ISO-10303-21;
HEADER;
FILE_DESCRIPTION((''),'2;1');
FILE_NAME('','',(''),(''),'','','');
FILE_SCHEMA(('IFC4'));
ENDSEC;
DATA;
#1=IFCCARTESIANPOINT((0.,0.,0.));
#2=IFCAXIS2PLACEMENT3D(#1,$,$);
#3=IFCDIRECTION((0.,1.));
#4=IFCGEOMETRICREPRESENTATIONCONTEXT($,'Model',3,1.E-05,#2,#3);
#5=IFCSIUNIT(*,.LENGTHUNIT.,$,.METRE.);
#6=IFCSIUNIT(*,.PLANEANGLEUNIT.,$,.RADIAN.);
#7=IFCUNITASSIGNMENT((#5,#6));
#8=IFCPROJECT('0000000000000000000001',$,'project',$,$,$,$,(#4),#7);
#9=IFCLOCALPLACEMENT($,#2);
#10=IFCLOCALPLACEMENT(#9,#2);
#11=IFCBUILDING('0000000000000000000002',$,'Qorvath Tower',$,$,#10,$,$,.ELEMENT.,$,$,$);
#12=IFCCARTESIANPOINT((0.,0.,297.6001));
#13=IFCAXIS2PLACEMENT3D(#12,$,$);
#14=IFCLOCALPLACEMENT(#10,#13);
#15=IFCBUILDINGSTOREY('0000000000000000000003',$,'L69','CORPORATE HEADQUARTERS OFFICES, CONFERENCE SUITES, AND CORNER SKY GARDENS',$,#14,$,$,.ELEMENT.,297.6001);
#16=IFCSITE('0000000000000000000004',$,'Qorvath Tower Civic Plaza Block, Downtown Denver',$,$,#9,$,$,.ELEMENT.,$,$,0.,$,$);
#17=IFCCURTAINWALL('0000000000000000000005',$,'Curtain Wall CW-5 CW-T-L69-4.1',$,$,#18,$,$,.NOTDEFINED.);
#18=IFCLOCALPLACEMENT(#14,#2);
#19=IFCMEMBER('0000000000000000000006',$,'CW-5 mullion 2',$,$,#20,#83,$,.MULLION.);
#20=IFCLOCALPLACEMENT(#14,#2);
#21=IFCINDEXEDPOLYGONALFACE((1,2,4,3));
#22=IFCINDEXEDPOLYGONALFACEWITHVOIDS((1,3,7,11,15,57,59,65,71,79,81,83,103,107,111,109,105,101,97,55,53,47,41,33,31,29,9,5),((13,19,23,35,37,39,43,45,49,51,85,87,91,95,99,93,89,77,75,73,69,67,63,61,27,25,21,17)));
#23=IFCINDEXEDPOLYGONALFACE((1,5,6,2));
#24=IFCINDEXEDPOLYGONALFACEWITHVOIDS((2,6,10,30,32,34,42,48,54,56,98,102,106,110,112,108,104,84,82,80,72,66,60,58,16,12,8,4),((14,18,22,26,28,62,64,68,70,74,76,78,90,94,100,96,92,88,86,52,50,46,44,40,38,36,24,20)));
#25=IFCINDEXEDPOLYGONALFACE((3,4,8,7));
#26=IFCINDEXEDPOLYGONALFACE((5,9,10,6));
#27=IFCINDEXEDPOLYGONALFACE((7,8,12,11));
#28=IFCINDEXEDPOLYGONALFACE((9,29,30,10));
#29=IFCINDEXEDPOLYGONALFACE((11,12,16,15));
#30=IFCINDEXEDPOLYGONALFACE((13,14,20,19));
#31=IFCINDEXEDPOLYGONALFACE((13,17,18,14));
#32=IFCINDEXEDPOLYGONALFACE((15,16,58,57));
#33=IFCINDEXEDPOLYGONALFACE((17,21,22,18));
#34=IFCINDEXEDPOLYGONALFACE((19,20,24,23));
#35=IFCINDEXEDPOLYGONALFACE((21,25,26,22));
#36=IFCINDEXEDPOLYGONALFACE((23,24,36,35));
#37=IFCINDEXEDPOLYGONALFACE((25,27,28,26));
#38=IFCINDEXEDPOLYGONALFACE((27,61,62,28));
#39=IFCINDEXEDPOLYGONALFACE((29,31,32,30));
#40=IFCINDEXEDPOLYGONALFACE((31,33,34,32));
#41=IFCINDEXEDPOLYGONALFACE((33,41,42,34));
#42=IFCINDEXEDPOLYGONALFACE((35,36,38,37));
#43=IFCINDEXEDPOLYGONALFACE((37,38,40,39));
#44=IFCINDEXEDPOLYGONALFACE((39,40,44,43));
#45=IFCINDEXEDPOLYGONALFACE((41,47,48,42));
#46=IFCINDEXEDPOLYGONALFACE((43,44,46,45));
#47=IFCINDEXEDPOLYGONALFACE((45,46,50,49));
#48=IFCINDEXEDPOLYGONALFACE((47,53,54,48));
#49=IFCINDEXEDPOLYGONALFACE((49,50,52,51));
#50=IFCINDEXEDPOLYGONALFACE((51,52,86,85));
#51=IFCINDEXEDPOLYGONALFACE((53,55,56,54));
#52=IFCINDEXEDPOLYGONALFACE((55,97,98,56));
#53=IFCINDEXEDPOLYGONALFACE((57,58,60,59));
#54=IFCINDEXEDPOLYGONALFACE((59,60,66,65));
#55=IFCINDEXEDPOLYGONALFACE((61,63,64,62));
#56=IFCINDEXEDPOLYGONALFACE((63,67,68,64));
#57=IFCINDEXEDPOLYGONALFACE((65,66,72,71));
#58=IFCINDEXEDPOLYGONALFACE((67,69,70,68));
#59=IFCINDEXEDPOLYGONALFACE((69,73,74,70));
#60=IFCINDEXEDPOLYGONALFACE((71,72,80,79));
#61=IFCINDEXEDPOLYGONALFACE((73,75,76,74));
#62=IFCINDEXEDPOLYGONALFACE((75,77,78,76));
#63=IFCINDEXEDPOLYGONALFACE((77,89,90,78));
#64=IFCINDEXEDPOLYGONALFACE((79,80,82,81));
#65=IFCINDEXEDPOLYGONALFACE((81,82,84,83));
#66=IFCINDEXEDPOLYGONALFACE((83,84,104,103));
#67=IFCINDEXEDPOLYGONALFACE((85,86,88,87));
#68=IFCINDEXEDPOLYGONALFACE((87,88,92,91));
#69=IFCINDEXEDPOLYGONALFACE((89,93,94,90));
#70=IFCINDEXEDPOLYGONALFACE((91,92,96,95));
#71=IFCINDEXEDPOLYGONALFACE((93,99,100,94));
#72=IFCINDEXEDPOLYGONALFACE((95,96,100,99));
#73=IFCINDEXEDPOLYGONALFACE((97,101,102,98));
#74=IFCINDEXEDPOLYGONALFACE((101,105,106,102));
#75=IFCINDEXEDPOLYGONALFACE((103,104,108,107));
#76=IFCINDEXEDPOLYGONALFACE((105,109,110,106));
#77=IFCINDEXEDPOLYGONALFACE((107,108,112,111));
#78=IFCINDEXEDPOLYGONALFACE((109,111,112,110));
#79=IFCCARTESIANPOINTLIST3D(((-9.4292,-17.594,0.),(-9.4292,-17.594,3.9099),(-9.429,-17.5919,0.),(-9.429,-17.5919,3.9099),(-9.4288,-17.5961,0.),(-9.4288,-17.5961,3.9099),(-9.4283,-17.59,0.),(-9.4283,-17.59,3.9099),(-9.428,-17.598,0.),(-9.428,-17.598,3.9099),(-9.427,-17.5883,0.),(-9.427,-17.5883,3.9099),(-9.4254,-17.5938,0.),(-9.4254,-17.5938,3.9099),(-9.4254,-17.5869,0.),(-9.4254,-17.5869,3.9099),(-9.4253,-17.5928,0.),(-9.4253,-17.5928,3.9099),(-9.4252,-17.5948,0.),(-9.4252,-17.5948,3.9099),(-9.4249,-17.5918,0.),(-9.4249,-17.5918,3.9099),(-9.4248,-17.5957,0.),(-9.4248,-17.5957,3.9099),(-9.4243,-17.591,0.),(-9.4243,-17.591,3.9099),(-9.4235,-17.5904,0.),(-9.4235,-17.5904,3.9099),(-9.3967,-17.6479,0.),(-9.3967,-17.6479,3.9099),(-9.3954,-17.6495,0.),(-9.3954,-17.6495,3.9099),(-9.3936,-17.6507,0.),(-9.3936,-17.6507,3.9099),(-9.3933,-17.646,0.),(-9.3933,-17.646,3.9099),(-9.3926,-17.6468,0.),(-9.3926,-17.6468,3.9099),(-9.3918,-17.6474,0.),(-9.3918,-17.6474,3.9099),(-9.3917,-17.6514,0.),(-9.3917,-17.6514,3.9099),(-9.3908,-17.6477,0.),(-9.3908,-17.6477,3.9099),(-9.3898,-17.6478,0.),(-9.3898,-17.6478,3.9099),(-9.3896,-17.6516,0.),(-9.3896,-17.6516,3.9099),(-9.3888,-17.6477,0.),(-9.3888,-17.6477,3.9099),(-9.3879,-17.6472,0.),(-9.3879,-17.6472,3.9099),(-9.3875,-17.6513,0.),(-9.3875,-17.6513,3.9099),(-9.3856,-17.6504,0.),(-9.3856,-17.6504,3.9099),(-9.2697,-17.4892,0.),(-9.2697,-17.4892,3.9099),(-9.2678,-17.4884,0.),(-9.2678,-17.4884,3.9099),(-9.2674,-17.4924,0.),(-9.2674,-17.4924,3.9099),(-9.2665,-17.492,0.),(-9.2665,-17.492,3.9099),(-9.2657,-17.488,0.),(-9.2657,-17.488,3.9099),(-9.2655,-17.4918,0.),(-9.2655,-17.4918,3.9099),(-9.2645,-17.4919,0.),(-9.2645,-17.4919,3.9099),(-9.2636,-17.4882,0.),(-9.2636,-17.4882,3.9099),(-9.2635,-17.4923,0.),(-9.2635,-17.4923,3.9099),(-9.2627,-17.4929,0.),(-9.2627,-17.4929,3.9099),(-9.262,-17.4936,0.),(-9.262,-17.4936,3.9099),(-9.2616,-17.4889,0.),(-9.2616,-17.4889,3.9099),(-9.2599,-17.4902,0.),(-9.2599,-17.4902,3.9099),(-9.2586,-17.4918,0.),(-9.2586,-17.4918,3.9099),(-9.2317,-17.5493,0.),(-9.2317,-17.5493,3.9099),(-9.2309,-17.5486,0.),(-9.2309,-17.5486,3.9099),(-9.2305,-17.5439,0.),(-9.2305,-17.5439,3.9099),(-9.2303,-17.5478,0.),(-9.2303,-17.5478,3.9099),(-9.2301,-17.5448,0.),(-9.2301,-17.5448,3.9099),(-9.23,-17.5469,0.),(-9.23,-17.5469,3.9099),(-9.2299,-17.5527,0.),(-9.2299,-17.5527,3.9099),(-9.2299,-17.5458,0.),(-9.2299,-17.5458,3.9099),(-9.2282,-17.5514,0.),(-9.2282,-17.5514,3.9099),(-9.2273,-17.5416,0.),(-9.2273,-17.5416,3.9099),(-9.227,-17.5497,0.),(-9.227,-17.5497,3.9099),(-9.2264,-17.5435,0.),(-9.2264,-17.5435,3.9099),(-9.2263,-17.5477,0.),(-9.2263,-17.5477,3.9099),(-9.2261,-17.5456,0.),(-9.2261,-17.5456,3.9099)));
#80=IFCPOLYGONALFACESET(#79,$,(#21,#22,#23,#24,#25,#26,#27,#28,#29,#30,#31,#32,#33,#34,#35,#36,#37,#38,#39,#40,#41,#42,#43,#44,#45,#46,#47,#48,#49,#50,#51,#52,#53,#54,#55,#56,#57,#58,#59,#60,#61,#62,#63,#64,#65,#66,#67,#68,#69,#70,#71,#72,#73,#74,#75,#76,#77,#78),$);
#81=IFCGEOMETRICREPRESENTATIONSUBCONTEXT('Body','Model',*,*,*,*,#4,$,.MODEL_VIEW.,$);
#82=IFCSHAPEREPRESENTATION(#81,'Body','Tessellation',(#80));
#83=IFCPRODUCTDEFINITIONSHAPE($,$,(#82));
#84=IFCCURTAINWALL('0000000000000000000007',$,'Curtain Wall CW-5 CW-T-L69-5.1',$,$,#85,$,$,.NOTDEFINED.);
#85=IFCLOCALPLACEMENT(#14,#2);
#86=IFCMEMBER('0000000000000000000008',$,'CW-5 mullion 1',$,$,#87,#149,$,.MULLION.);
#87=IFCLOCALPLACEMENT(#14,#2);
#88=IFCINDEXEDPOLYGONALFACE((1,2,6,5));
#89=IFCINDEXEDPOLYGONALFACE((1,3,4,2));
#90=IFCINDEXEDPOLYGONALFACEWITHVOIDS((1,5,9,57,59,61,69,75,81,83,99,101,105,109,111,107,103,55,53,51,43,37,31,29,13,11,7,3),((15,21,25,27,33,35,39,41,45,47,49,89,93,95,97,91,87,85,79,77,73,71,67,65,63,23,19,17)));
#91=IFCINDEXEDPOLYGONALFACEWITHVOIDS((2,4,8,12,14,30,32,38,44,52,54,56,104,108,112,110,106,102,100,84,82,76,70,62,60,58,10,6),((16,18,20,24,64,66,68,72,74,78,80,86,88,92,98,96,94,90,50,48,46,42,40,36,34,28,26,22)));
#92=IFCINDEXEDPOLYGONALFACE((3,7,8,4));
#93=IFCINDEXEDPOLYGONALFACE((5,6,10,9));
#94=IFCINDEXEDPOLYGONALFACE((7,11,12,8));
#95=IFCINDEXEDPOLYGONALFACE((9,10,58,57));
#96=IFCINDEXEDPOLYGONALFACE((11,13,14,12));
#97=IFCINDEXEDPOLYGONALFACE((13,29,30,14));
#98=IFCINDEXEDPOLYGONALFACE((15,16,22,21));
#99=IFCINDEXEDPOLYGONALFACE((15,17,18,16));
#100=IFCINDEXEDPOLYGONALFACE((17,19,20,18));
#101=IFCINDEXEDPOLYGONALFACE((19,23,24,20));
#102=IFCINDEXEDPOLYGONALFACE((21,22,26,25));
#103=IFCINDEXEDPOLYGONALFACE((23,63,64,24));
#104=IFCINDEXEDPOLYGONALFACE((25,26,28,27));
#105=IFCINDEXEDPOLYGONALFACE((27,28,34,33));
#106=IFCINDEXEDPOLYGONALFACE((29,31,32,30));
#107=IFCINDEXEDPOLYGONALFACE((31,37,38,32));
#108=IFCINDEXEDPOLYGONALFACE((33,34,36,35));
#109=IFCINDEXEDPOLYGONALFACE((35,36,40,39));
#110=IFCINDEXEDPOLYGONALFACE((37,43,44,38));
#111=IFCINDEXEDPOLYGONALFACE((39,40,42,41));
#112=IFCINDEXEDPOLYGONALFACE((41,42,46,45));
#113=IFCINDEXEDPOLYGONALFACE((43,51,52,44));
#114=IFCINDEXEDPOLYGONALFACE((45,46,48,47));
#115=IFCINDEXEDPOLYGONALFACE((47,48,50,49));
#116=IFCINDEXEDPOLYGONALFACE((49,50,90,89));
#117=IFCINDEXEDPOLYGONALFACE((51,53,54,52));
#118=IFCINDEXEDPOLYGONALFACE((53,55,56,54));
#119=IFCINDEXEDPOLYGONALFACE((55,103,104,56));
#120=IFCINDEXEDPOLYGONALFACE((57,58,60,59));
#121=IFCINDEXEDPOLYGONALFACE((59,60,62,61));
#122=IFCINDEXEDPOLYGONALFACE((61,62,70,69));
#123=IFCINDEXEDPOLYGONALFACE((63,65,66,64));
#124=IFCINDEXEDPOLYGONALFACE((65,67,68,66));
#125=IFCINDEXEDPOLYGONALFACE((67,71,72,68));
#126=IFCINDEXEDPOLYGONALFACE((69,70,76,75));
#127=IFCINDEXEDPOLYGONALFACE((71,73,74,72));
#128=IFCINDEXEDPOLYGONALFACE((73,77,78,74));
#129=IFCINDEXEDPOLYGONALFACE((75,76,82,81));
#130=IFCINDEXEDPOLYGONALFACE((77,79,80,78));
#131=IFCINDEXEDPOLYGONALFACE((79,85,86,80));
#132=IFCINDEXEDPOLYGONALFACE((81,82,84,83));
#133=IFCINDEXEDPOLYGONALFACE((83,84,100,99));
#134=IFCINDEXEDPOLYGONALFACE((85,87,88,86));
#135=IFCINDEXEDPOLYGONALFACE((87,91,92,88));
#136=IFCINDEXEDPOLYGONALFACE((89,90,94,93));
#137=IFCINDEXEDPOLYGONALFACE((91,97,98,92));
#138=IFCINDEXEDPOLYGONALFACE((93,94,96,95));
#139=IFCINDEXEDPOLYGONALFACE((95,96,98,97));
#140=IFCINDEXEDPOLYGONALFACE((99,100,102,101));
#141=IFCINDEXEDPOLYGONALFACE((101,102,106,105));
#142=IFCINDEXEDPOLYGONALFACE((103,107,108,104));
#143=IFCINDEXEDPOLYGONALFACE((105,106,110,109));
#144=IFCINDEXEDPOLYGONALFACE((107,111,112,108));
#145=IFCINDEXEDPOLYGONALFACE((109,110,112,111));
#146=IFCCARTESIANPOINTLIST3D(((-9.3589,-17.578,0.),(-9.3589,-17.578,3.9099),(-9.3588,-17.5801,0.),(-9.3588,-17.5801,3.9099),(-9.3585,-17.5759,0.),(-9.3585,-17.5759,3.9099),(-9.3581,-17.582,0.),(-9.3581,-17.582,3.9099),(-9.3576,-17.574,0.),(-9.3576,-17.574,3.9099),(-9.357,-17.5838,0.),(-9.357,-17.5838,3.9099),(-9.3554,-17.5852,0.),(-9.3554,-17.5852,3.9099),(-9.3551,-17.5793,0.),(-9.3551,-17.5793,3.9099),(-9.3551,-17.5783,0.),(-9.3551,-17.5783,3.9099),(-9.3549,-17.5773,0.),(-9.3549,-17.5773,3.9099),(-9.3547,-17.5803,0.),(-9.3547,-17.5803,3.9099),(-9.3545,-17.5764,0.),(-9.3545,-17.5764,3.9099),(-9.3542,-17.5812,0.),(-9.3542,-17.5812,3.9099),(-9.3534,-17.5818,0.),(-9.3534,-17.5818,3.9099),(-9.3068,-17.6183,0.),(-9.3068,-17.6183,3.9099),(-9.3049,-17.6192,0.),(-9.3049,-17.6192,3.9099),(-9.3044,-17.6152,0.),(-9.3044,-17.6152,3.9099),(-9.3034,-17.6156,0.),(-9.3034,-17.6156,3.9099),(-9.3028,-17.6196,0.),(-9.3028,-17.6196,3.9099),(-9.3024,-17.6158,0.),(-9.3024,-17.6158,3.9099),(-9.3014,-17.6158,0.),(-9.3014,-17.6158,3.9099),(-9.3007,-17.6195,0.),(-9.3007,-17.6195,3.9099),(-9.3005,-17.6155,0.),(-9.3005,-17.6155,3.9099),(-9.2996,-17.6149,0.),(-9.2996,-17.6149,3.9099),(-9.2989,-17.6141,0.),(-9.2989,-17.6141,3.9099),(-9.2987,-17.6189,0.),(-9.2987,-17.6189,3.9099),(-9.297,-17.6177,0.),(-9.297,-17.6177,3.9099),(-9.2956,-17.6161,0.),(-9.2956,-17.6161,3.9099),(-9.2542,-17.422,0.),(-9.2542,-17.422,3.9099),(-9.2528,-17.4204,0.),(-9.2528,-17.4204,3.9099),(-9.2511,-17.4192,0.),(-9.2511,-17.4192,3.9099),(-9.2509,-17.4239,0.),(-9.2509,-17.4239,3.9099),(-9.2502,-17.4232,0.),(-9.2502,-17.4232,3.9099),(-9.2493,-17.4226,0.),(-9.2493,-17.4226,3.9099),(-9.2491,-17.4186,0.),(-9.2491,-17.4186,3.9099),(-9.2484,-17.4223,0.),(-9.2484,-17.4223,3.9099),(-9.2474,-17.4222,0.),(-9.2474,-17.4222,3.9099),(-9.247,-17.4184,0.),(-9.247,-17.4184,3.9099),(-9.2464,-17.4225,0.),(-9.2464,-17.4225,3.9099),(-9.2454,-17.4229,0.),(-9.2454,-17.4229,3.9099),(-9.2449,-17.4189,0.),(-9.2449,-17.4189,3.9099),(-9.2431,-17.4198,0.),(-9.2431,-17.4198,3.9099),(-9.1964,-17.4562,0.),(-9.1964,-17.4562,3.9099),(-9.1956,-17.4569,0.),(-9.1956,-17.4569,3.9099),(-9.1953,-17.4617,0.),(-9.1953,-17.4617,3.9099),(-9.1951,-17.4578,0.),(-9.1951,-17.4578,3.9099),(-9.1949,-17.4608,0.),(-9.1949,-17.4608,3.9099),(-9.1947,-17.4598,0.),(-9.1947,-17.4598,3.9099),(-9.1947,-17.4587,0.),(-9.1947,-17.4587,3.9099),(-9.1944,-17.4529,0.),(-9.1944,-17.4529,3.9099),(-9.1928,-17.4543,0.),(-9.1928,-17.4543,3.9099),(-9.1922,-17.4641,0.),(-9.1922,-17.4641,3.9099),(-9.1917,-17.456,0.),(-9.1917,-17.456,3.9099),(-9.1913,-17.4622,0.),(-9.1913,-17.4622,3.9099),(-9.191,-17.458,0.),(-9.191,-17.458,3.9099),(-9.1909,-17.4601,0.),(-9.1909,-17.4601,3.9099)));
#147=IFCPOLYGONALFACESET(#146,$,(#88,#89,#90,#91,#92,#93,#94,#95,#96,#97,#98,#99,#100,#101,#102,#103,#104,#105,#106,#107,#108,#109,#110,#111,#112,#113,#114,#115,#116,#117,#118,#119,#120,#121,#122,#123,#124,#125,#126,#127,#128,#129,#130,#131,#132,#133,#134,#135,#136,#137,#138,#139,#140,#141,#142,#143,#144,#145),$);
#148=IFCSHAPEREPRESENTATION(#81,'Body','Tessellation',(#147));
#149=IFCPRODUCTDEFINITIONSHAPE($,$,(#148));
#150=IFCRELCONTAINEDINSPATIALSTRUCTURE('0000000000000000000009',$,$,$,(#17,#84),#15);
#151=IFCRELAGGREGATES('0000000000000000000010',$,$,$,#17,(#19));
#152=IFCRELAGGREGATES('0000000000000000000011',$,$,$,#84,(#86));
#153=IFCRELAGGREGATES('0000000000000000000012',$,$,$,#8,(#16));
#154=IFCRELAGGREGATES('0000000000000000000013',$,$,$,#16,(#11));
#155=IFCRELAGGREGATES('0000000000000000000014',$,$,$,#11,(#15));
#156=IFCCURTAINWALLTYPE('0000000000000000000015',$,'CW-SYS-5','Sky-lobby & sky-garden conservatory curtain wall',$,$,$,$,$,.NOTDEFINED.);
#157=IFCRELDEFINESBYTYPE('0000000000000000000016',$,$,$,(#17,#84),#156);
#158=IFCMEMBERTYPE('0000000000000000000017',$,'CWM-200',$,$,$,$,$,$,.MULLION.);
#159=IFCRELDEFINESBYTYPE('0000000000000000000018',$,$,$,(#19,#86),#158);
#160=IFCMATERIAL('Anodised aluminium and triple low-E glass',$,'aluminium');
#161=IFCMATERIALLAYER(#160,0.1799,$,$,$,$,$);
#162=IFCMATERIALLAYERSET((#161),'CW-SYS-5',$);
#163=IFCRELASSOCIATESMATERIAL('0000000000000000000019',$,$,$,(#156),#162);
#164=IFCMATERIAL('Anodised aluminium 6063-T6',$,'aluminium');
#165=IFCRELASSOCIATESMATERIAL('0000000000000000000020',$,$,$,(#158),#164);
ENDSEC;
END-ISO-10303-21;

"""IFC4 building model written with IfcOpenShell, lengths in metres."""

from ifc_helpers import new_model, si_unit, direction, frame, origin, origin_2d, place, context, subcontext, project, spatial, hollow_rectangle, extrude, material, layer, layer_set, material_profile, profile_set, type_object, element, aggregate, save


model = new_model("IFC4")

# Units and contexts
model_context = context("Model", 3, precision=1e-05, world=origin(), true_north=direction((0.0, 1.0)))
body_context = subcontext(model_context, "Body", "Model", "MODEL_VIEW")
ifc_project = project(units=[si_unit("LENGTHUNIT", "METRE"), si_unit("PLANEANGLEUNIT", "RADIAN")], contexts=[model_context])

# Site, building, storey
site_placement = place(None, origin())
site = spatial("IfcSite", under=ifc_project, at=site_placement, Name="Qorvath Tower Civic Plaza Block, Downtown Denver", CompositionType="ELEMENT", RefElevation=0.0)
building_placement = place(site_placement, origin())
building = spatial("IfcBuilding", under=site, at=building_placement, Name="Qorvath Tower", CompositionType="ELEMENT")
storey_placement = place(building_placement, frame((0.0, 0.0, 297.6001)))
storey = spatial("IfcBuildingStorey", under=building, at=storey_placement, Name="L69", Description="CORPORATE HEADQUARTERS OFFICES, CONFERENCE SUITES, AND CORNER SKY GARDENS", CompositionType="ELEMENT", Elevation=297.6001)

# Shared definitions
ifc_material_1 = material(Name="Anodised aluminium and triple low-E glass", Category="aluminium")
ifc_layer_1 = layer(ifc_material_1, 0.1799)
ifc_layer_set_1 = layer_set([ifc_layer_1], Name="CW-SYS-5")
curtain_wall_type = type_object("IfcCurtainWallType", Name="CW-SYS-5", Description="Sky-lobby & sky-garden conservatory curtain wall", PredefinedType="NOTDEFINED", material=ifc_layer_set_1)
ifc_material_2 = material(Name="Anodised aluminium 6063-T6", Category="aluminium")
ifc_material_profile_1 = material_profile(ifc_material_2, hollow_rectangle(XDim=0.075, YDim=0.2, WallThickness=0.0039, InnerFilletRadius=0.0039, OuterFilletRadius=0.0081, at=origin_2d()), Name="CWM 200x75")
ifc_profile_set_1 = profile_set([ifc_material_profile_1], Name="Anodised aluminium 6063-T6")
member_type_1 = type_object("IfcMemberType", Name="CWM-200", PredefinedType="MULLION", material=ifc_profile_set_1)

# Curtain walls, members
curtain_wall_1_placement = place(storey_placement, origin())
curtain_wall_1 = element("IfcCurtainWall", 1, at=curtain_wall_1_placement, inside=storey, type_object=curtain_wall_type, Name="Curtain Wall CW-5 CW-T-L69-4.1", PredefinedType="NOTDEFINED")
member_1_placement = place(storey_placement, frame((-9.3276, -17.5698, 0.0), z_axis=(0.0, 0.0, 1.0), x_axis=(-0.531389, 0.847128, 0.0)))
member_1 = element("IfcMember", 2, at=member_1_placement, type_object=member_type_1, Name="CW-5 mullion 2", PredefinedType="MULLION", context=body_context, shape_type="SweptSolid", body=[
    extrude(hollow_rectangle(XDim=0.075, YDim=0.2, WallThickness=0.0039, InnerFilletRadius=0.0039, OuterFilletRadius=0.0081, at=origin_2d()), origin(), (0.0, 0.0, 1.0), 3.9099),
])
curtain_wall_2_placement = place(storey_placement, origin())
curtain_wall_2 = element("IfcCurtainWall", 3, at=curtain_wall_2_placement, inside=storey, type_object=curtain_wall_type, Name="Curtain Wall CW-5 CW-T-L69-5.1", PredefinedType="NOTDEFINED")
member_2_placement = place(storey_placement, frame((-9.2749, -17.519, 0.0), z_axis=(0.0, 0.0, 1.0), x_axis=(-0.827147, 0.561985, 0.0)))
member_2 = element("IfcMember", 4, at=member_2_placement, type_object=member_type_1, Name="CW-5 mullion 1", PredefinedType="MULLION", context=body_context, shape_type="SweptSolid", body=[
    extrude(hollow_rectangle(XDim=0.075, YDim=0.2, WallThickness=0.0039, InnerFilletRadius=0.0039, OuterFilletRadius=0.0081, at=origin_2d()), origin(), (0.0, 0.0, 1.0), 3.9099),
])

aggregate(curtain_wall_1, [member_1])
aggregate(curtain_wall_2, [member_2])

save(model, "model.ifc")
